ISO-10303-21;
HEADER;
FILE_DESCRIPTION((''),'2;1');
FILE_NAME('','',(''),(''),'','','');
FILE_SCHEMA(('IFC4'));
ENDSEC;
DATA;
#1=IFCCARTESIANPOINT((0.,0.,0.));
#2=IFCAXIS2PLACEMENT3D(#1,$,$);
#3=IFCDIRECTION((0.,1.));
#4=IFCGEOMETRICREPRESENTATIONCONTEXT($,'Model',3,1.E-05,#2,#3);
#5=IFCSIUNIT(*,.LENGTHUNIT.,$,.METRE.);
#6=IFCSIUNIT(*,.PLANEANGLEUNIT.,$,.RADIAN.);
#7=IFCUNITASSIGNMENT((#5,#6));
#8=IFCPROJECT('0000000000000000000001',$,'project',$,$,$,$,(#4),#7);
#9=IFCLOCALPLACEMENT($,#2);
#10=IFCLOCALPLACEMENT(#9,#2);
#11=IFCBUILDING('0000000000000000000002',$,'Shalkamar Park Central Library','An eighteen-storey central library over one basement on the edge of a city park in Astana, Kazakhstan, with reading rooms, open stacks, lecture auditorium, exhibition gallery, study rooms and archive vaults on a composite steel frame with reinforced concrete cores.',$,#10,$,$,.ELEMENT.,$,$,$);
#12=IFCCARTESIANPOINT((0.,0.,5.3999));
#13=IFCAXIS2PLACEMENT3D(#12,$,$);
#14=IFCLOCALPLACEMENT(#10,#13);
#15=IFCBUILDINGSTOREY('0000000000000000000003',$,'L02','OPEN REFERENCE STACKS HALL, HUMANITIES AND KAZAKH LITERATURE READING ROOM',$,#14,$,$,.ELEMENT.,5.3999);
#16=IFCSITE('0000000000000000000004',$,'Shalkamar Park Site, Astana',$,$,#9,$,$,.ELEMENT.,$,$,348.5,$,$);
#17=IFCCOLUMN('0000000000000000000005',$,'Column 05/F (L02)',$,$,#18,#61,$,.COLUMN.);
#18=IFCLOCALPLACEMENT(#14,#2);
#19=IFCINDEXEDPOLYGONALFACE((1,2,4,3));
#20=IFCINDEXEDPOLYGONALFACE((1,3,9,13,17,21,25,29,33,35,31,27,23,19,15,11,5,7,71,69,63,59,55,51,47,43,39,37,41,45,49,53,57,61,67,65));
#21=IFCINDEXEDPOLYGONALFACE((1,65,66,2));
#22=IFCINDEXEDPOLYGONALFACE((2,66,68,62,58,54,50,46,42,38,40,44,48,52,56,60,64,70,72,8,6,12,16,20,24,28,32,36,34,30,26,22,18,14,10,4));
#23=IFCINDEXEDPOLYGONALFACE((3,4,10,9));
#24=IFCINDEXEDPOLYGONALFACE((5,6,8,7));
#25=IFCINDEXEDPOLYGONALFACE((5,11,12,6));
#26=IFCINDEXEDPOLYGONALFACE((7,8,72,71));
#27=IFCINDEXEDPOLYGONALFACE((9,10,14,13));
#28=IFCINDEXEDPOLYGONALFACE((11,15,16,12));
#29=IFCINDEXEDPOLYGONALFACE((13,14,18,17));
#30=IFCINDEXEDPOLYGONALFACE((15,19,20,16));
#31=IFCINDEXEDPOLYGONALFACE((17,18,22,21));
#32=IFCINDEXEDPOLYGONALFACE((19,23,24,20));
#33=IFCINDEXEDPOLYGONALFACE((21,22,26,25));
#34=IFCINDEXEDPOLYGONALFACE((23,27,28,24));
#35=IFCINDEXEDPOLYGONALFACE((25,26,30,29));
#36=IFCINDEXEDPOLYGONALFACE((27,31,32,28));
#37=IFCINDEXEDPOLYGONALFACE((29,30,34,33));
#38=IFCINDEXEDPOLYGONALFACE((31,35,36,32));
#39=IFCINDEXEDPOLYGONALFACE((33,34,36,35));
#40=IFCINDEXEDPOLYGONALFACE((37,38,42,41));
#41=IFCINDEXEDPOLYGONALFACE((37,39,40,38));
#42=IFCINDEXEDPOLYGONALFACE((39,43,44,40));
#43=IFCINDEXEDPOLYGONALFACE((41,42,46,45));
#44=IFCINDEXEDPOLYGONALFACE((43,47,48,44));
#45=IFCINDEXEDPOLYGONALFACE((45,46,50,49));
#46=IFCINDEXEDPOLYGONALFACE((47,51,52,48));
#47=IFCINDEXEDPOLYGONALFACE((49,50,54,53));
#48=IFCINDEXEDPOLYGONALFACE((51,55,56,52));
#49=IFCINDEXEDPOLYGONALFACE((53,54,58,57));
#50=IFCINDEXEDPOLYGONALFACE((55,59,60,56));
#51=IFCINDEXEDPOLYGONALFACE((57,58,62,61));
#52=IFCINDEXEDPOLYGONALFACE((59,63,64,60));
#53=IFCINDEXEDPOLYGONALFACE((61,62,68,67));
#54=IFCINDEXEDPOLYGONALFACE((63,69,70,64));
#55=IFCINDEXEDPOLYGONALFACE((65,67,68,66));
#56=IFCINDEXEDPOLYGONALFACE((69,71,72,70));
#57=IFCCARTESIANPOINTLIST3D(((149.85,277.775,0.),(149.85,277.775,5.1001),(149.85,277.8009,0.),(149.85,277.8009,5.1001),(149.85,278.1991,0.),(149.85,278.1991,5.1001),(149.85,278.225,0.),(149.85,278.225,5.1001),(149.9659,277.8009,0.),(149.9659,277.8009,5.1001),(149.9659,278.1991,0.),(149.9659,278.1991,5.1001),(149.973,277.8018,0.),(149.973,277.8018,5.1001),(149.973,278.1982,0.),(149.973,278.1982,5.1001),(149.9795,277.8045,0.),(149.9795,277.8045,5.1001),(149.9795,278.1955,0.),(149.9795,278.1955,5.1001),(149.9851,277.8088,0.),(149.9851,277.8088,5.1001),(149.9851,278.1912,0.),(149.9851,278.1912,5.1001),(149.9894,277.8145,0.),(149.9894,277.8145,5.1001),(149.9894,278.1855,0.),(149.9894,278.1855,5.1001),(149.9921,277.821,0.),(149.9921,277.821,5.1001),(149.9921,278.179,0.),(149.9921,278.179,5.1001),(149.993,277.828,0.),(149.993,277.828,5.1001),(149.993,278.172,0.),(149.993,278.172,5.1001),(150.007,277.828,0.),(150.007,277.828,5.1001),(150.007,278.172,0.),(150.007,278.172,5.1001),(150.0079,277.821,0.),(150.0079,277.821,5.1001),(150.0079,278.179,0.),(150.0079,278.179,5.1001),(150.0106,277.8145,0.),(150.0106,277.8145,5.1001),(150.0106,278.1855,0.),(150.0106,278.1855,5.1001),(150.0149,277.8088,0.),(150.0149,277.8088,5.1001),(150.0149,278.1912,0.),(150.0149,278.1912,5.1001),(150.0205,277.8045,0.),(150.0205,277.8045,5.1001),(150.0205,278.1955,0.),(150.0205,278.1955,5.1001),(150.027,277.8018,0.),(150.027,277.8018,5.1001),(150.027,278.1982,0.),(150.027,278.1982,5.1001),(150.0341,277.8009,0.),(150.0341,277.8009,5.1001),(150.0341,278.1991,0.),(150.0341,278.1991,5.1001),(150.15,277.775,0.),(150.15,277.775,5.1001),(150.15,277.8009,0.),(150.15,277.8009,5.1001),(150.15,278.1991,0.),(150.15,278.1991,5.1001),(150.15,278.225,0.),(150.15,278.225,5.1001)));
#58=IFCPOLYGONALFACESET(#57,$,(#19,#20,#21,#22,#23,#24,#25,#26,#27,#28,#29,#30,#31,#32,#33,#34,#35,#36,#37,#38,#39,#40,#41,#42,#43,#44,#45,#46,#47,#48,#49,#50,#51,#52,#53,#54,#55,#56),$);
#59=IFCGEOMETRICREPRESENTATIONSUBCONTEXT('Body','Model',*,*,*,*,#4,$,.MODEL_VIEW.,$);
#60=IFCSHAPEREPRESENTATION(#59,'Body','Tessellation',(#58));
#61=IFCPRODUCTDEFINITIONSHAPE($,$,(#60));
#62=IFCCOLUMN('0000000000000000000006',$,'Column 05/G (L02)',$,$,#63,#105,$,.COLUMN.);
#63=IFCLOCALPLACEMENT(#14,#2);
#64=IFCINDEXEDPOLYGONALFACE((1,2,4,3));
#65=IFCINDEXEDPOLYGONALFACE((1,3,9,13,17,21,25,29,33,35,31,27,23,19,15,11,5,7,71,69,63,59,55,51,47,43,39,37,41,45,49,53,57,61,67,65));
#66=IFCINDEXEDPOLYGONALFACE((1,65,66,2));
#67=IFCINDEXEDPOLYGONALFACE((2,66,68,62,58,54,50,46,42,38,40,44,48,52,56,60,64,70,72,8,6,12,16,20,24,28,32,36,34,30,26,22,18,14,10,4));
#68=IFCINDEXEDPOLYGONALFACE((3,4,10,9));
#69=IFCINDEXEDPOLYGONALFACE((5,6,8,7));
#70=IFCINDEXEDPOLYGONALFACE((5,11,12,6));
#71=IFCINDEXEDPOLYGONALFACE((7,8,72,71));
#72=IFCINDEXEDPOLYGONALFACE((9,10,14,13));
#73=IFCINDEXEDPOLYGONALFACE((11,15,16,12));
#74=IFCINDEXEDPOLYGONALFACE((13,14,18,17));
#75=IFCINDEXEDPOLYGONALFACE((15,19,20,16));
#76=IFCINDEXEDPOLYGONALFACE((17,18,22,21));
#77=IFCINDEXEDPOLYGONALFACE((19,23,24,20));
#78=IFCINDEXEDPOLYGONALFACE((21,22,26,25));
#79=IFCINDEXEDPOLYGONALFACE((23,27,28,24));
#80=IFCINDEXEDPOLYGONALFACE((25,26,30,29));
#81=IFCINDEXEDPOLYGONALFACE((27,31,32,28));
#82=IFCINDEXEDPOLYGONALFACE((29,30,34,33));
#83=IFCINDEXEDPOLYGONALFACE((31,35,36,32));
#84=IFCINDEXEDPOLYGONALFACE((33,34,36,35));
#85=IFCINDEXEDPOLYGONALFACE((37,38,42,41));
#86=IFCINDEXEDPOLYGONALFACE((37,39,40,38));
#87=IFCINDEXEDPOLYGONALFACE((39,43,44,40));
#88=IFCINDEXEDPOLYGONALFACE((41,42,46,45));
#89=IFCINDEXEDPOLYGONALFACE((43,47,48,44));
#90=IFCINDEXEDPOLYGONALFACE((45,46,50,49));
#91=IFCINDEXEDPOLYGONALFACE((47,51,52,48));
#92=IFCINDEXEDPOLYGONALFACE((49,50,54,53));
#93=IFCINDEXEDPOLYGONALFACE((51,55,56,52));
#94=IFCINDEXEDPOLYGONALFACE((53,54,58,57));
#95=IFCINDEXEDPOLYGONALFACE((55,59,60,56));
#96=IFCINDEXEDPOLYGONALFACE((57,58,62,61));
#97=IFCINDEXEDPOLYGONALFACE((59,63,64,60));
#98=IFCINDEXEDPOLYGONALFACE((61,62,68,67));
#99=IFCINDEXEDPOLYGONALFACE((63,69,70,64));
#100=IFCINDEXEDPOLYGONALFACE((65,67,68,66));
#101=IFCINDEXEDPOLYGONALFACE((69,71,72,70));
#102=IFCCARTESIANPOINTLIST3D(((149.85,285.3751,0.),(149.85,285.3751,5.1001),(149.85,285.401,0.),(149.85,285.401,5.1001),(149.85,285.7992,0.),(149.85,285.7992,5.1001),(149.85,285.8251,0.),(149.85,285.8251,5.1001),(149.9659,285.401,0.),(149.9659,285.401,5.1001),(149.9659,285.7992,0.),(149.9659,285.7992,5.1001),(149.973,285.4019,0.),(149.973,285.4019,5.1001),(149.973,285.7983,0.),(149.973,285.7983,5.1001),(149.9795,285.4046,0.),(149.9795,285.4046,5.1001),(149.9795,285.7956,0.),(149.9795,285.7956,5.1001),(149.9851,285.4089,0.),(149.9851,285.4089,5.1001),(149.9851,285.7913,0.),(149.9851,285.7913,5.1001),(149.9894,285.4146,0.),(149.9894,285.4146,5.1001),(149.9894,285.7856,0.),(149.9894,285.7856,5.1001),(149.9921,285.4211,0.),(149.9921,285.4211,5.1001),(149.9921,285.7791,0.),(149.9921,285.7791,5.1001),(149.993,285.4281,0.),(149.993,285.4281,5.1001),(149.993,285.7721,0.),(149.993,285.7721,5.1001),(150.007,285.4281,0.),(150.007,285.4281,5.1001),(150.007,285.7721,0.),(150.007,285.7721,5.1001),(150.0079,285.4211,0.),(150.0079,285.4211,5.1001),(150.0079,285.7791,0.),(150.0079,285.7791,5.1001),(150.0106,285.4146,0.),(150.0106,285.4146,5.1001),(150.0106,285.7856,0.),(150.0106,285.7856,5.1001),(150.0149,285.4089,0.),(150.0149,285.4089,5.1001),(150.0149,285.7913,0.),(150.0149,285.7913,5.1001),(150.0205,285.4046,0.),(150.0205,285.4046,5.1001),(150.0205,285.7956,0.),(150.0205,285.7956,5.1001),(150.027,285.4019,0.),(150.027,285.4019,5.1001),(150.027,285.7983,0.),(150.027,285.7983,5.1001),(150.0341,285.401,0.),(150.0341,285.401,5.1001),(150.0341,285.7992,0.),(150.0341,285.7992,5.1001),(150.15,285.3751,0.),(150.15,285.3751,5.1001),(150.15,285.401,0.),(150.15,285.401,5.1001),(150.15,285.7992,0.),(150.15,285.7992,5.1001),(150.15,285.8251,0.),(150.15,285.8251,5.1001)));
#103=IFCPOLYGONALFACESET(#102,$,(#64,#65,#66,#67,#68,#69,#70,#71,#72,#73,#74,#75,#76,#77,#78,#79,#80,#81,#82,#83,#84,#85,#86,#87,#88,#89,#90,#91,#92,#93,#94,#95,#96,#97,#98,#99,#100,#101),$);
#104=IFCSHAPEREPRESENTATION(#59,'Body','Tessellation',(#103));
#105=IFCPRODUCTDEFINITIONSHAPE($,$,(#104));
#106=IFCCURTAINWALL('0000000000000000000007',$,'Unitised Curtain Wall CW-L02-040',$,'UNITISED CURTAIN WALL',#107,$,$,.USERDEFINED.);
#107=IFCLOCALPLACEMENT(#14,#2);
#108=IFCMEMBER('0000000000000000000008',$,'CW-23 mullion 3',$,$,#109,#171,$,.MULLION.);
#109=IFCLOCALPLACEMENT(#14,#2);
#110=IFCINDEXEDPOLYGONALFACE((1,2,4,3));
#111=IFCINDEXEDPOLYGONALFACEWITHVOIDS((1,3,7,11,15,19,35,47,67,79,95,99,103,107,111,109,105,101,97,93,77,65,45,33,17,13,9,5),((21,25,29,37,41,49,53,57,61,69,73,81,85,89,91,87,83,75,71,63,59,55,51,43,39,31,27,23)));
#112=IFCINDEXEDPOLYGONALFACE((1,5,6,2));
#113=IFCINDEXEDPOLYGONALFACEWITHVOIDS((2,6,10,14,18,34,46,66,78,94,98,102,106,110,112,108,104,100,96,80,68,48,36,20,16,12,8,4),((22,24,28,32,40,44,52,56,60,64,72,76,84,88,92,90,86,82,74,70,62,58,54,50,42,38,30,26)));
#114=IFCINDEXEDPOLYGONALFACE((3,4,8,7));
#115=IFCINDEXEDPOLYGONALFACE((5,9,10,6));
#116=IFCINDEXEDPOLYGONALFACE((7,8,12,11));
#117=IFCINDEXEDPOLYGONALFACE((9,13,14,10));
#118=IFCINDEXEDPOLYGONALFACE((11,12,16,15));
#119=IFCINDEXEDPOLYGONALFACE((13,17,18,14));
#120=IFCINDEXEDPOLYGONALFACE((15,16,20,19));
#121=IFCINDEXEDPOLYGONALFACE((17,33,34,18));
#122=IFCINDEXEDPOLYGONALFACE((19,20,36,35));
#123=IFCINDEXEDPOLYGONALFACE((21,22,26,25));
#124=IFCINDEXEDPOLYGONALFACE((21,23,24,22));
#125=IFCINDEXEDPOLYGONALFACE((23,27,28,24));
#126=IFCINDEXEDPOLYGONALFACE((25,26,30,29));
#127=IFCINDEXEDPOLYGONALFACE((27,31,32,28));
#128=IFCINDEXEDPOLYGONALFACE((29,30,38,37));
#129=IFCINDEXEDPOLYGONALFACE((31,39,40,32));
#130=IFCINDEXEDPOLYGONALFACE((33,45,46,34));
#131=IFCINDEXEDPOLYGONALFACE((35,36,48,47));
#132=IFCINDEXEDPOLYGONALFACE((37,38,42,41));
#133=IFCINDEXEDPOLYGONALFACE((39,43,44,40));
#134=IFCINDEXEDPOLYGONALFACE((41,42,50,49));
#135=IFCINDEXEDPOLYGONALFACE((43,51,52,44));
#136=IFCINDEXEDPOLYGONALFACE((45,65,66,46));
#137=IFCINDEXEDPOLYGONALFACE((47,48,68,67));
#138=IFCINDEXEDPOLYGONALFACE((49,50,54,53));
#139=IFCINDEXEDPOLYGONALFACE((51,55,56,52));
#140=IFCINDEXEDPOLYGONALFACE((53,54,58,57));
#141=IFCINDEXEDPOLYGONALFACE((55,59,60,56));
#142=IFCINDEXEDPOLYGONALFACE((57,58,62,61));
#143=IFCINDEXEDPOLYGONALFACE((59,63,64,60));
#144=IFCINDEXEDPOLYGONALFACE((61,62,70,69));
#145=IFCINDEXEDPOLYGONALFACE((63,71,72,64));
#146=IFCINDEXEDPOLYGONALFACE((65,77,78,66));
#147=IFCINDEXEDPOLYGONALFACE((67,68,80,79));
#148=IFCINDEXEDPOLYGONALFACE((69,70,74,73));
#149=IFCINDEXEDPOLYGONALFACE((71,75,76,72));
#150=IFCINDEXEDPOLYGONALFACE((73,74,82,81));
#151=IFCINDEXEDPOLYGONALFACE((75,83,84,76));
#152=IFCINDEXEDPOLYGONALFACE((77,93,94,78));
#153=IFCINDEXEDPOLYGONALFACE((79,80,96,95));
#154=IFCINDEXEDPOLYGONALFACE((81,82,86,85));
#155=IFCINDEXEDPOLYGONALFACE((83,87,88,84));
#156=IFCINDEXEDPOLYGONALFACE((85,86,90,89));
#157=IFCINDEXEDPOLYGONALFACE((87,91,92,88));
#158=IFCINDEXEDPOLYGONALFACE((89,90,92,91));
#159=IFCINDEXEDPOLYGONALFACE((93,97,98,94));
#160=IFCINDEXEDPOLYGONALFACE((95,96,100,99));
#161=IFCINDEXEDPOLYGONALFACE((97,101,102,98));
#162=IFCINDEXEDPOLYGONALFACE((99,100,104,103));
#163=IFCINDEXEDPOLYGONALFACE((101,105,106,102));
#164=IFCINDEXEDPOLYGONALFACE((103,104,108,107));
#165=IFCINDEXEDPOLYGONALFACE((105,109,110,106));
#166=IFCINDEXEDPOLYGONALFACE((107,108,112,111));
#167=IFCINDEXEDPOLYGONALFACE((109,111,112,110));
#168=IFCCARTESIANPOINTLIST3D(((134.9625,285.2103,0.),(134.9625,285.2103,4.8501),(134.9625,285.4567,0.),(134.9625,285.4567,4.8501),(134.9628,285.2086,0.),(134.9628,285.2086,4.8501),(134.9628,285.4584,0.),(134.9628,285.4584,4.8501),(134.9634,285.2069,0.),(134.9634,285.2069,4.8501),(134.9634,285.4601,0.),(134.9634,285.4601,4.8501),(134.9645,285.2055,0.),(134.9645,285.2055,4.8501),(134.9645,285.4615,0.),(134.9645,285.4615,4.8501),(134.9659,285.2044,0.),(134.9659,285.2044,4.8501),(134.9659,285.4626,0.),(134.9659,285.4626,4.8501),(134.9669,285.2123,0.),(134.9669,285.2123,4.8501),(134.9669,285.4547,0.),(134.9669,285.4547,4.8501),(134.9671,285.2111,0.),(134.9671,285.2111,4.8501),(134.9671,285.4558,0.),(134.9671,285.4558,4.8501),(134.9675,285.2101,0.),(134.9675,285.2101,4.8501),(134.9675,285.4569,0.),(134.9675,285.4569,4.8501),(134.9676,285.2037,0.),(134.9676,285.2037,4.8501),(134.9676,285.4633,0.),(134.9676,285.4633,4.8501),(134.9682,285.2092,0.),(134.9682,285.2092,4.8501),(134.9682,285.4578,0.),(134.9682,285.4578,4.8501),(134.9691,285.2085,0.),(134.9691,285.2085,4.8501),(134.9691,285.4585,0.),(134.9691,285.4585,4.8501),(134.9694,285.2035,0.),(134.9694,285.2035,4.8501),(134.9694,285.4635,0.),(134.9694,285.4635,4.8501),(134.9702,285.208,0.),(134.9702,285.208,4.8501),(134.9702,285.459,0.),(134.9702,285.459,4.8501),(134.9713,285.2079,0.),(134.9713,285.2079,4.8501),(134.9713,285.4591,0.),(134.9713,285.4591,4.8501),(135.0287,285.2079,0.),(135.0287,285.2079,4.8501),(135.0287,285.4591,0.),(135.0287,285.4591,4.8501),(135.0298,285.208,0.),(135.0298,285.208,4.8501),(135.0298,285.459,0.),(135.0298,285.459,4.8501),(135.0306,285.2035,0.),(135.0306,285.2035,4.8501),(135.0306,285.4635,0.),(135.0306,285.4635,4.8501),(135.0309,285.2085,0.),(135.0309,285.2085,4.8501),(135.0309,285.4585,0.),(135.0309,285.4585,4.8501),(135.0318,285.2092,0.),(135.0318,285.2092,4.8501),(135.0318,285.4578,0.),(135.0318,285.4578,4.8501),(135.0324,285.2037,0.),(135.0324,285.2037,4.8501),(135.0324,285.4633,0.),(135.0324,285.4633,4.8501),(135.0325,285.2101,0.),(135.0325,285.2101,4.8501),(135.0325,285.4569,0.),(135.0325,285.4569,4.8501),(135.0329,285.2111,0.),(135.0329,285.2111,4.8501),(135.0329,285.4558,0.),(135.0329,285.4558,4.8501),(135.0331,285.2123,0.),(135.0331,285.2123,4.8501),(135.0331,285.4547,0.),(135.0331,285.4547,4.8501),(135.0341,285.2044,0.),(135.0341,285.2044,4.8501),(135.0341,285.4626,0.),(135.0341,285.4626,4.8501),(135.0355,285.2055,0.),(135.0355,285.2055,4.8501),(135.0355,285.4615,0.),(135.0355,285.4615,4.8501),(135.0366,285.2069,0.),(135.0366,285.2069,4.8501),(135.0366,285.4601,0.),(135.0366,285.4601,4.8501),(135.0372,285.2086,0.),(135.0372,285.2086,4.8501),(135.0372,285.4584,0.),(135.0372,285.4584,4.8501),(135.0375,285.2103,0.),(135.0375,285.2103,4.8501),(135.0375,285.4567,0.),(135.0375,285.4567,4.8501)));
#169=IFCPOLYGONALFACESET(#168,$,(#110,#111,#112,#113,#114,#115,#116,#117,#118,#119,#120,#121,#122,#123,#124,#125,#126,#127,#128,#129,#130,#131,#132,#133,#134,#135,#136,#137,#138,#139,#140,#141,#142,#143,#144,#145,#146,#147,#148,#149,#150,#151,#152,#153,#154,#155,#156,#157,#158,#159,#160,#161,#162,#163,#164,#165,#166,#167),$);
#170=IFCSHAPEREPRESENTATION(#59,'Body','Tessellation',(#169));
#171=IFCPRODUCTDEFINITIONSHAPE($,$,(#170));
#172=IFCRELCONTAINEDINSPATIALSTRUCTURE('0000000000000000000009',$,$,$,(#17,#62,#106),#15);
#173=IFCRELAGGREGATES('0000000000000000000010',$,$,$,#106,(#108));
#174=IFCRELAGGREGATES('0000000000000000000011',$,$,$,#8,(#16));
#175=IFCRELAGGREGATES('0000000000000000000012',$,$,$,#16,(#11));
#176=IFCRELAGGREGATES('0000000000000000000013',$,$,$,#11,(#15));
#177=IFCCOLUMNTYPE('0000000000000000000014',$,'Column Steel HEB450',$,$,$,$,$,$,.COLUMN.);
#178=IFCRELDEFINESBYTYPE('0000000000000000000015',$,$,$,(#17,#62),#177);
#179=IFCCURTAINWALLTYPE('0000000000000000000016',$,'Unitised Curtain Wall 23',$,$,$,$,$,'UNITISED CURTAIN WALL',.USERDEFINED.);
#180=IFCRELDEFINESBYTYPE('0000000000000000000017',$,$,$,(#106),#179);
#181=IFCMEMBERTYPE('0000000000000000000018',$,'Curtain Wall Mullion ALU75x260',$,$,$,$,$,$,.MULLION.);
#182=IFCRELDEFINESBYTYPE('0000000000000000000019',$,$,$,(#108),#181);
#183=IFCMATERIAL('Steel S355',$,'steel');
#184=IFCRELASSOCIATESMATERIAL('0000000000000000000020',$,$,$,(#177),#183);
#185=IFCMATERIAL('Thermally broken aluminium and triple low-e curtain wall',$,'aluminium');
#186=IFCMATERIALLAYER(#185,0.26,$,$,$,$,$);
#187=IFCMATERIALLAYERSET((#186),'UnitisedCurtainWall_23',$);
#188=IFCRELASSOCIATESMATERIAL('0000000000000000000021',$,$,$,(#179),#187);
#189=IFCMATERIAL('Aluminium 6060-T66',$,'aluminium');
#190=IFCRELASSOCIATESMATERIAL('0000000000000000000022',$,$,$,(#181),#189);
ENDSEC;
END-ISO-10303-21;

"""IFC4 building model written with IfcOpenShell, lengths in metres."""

from ifc_helpers import new_model, si_unit, direction, frame, origin, origin_2d, place, context, subcontext, project, spatial, hollow_rectangle, i_section, extrude, material, layer, layer_set, material_profile, profile_set, type_object, element, aggregate, save


model = new_model("IFC4")

# Units and contexts
model_context = context("Model", 3, precision=1e-05, world=origin(), true_north=direction((0.0, 1.0)))
body_context = subcontext(model_context, "Body", "Model", "MODEL_VIEW")
ifc_project = project(units=[si_unit("LENGTHUNIT", "METRE"), si_unit("PLANEANGLEUNIT", "RADIAN")], contexts=[model_context])

# Site, building, storey
site_placement = place(None, origin())
site = spatial("IfcSite", under=ifc_project, at=site_placement, Name="Shalkamar Park Site, Astana", CompositionType="ELEMENT", RefElevation=348.5)
building_placement = place(site_placement, origin())
building = spatial("IfcBuilding", under=site, at=building_placement, Name="Shalkamar Park Central Library", Description="An eighteen-storey central library over one basement on the edge of a city park in Astana, Kazakhstan, with reading rooms, open stacks, lecture auditorium, exhibition gallery, study rooms and archive vaults on a composite steel frame with reinforced concrete cores.", CompositionType="ELEMENT")
storey_placement = place(building_placement, frame((0.0, 0.0, 5.3999)))
storey = spatial("IfcBuildingStorey", under=building, at=storey_placement, Name="L02", Description="OPEN REFERENCE STACKS HALL, HUMANITIES AND KAZAKH LITERATURE READING ROOM", CompositionType="ELEMENT", Elevation=5.3999)

# Columns
ifc_material_1 = material(Name="Steel S355", Category="steel")
ifc_material_profile_1 = material_profile(ifc_material_1, i_section(OverallWidth=0.3, OverallDepth=0.45, WebThickness=0.0139, FlangeThickness=0.0259, FilletRadius=0.0271, at=origin_2d()), Name="HEB 450")
ifc_profile_set_1 = profile_set([ifc_material_profile_1], Name="Steel S355")
column_type_1 = type_object("IfcColumnType", Name="Column Steel HEB450", PredefinedType="COLUMN", material=ifc_profile_set_1)
for number, where, z_axis, x_axis, name in (
    (1, (150.0, 278.0, 0.0), (0.0, 0.0, 1.0), (1.0, 0.0, 0.0), "Column 05/F (L02)"),
    (2, (150.0, 285.6001, 0.0), (0.0, 0.0, 1.0), (1.0, 0.0, 0.0), "Column 05/G (L02)"),
):
    element("IfcColumn", number, at=place(storey_placement, frame(where, z_axis=z_axis, x_axis=x_axis)), inside=storey, type_object=column_type_1, Name=name, PredefinedType="COLUMN", context=body_context, shape_type="SweptSolid", body=[
        extrude(i_section(OverallWidth=0.3, OverallDepth=0.45, WebThickness=0.0139, FlangeThickness=0.0259, FilletRadius=0.0271, at=origin_2d()), origin(), (0.0, 0.0, 1.0), 5.1001),
    ])

# Curtain wall, member
ifc_material_2 = material(Name="Thermally broken aluminium and triple low-e curtain wall", Category="aluminium")
ifc_layer_1 = layer(ifc_material_2, 0.26)
ifc_layer_set_1 = layer_set([ifc_layer_1], Name="UnitisedCurtainWall_23")
curtain_wall_type_1 = type_object("IfcCurtainWallType", Name="Unitised Curtain Wall 23", ElementType="UNITISED CURTAIN WALL", PredefinedType="USERDEFINED", material=ifc_layer_set_1)
curtain_wall_1_placement = place(storey_placement, origin())
curtain_wall_1 = element("IfcCurtainWall", 3, at=curtain_wall_1_placement, inside=storey, type_object=curtain_wall_type_1, Name="Unitised Curtain Wall CW-L02-040", ObjectType="UNITISED CURTAIN WALL", PredefinedType="USERDEFINED")
ifc_material_3 = material(Name="Aluminium 6060-T66", Category="aluminium")
ifc_material_profile_2 = material_profile(ifc_material_3, hollow_rectangle(XDim=0.075, YDim=0.26, WallThickness=0.0044, InnerFilletRadius=0.0044, OuterFilletRadius=0.0068, at=origin_2d()), Name="ALU 75x260x4.5")
ifc_profile_set_2 = profile_set([ifc_material_profile_2], Name="Aluminium 6060-T66")
member_type_1 = type_object("IfcMemberType", Name="Curtain Wall Mullion ALU75x260", PredefinedType="MULLION", material=ifc_profile_set_2)
member_1_placement = place(storey_placement, frame((135.0, 285.3335, 0.0), z_axis=(0.0, 0.0, 1.0), x_axis=(-1.0, 0.0, 0.0)))
member_1 = element("IfcMember", 4, at=member_1_placement, type_object=member_type_1, Name="CW-23 mullion 3", PredefinedType="MULLION", context=body_context, shape_type="SweptSolid", body=[
    extrude(hollow_rectangle(XDim=0.075, YDim=0.26, WallThickness=0.0044, InnerFilletRadius=0.0044, OuterFilletRadius=0.0068, at=origin_2d()), origin(), (0.0, 0.0, 1.0), 4.8501),
])

aggregate(curtain_wall_1, [member_1])

save(model, "model.ifc")
